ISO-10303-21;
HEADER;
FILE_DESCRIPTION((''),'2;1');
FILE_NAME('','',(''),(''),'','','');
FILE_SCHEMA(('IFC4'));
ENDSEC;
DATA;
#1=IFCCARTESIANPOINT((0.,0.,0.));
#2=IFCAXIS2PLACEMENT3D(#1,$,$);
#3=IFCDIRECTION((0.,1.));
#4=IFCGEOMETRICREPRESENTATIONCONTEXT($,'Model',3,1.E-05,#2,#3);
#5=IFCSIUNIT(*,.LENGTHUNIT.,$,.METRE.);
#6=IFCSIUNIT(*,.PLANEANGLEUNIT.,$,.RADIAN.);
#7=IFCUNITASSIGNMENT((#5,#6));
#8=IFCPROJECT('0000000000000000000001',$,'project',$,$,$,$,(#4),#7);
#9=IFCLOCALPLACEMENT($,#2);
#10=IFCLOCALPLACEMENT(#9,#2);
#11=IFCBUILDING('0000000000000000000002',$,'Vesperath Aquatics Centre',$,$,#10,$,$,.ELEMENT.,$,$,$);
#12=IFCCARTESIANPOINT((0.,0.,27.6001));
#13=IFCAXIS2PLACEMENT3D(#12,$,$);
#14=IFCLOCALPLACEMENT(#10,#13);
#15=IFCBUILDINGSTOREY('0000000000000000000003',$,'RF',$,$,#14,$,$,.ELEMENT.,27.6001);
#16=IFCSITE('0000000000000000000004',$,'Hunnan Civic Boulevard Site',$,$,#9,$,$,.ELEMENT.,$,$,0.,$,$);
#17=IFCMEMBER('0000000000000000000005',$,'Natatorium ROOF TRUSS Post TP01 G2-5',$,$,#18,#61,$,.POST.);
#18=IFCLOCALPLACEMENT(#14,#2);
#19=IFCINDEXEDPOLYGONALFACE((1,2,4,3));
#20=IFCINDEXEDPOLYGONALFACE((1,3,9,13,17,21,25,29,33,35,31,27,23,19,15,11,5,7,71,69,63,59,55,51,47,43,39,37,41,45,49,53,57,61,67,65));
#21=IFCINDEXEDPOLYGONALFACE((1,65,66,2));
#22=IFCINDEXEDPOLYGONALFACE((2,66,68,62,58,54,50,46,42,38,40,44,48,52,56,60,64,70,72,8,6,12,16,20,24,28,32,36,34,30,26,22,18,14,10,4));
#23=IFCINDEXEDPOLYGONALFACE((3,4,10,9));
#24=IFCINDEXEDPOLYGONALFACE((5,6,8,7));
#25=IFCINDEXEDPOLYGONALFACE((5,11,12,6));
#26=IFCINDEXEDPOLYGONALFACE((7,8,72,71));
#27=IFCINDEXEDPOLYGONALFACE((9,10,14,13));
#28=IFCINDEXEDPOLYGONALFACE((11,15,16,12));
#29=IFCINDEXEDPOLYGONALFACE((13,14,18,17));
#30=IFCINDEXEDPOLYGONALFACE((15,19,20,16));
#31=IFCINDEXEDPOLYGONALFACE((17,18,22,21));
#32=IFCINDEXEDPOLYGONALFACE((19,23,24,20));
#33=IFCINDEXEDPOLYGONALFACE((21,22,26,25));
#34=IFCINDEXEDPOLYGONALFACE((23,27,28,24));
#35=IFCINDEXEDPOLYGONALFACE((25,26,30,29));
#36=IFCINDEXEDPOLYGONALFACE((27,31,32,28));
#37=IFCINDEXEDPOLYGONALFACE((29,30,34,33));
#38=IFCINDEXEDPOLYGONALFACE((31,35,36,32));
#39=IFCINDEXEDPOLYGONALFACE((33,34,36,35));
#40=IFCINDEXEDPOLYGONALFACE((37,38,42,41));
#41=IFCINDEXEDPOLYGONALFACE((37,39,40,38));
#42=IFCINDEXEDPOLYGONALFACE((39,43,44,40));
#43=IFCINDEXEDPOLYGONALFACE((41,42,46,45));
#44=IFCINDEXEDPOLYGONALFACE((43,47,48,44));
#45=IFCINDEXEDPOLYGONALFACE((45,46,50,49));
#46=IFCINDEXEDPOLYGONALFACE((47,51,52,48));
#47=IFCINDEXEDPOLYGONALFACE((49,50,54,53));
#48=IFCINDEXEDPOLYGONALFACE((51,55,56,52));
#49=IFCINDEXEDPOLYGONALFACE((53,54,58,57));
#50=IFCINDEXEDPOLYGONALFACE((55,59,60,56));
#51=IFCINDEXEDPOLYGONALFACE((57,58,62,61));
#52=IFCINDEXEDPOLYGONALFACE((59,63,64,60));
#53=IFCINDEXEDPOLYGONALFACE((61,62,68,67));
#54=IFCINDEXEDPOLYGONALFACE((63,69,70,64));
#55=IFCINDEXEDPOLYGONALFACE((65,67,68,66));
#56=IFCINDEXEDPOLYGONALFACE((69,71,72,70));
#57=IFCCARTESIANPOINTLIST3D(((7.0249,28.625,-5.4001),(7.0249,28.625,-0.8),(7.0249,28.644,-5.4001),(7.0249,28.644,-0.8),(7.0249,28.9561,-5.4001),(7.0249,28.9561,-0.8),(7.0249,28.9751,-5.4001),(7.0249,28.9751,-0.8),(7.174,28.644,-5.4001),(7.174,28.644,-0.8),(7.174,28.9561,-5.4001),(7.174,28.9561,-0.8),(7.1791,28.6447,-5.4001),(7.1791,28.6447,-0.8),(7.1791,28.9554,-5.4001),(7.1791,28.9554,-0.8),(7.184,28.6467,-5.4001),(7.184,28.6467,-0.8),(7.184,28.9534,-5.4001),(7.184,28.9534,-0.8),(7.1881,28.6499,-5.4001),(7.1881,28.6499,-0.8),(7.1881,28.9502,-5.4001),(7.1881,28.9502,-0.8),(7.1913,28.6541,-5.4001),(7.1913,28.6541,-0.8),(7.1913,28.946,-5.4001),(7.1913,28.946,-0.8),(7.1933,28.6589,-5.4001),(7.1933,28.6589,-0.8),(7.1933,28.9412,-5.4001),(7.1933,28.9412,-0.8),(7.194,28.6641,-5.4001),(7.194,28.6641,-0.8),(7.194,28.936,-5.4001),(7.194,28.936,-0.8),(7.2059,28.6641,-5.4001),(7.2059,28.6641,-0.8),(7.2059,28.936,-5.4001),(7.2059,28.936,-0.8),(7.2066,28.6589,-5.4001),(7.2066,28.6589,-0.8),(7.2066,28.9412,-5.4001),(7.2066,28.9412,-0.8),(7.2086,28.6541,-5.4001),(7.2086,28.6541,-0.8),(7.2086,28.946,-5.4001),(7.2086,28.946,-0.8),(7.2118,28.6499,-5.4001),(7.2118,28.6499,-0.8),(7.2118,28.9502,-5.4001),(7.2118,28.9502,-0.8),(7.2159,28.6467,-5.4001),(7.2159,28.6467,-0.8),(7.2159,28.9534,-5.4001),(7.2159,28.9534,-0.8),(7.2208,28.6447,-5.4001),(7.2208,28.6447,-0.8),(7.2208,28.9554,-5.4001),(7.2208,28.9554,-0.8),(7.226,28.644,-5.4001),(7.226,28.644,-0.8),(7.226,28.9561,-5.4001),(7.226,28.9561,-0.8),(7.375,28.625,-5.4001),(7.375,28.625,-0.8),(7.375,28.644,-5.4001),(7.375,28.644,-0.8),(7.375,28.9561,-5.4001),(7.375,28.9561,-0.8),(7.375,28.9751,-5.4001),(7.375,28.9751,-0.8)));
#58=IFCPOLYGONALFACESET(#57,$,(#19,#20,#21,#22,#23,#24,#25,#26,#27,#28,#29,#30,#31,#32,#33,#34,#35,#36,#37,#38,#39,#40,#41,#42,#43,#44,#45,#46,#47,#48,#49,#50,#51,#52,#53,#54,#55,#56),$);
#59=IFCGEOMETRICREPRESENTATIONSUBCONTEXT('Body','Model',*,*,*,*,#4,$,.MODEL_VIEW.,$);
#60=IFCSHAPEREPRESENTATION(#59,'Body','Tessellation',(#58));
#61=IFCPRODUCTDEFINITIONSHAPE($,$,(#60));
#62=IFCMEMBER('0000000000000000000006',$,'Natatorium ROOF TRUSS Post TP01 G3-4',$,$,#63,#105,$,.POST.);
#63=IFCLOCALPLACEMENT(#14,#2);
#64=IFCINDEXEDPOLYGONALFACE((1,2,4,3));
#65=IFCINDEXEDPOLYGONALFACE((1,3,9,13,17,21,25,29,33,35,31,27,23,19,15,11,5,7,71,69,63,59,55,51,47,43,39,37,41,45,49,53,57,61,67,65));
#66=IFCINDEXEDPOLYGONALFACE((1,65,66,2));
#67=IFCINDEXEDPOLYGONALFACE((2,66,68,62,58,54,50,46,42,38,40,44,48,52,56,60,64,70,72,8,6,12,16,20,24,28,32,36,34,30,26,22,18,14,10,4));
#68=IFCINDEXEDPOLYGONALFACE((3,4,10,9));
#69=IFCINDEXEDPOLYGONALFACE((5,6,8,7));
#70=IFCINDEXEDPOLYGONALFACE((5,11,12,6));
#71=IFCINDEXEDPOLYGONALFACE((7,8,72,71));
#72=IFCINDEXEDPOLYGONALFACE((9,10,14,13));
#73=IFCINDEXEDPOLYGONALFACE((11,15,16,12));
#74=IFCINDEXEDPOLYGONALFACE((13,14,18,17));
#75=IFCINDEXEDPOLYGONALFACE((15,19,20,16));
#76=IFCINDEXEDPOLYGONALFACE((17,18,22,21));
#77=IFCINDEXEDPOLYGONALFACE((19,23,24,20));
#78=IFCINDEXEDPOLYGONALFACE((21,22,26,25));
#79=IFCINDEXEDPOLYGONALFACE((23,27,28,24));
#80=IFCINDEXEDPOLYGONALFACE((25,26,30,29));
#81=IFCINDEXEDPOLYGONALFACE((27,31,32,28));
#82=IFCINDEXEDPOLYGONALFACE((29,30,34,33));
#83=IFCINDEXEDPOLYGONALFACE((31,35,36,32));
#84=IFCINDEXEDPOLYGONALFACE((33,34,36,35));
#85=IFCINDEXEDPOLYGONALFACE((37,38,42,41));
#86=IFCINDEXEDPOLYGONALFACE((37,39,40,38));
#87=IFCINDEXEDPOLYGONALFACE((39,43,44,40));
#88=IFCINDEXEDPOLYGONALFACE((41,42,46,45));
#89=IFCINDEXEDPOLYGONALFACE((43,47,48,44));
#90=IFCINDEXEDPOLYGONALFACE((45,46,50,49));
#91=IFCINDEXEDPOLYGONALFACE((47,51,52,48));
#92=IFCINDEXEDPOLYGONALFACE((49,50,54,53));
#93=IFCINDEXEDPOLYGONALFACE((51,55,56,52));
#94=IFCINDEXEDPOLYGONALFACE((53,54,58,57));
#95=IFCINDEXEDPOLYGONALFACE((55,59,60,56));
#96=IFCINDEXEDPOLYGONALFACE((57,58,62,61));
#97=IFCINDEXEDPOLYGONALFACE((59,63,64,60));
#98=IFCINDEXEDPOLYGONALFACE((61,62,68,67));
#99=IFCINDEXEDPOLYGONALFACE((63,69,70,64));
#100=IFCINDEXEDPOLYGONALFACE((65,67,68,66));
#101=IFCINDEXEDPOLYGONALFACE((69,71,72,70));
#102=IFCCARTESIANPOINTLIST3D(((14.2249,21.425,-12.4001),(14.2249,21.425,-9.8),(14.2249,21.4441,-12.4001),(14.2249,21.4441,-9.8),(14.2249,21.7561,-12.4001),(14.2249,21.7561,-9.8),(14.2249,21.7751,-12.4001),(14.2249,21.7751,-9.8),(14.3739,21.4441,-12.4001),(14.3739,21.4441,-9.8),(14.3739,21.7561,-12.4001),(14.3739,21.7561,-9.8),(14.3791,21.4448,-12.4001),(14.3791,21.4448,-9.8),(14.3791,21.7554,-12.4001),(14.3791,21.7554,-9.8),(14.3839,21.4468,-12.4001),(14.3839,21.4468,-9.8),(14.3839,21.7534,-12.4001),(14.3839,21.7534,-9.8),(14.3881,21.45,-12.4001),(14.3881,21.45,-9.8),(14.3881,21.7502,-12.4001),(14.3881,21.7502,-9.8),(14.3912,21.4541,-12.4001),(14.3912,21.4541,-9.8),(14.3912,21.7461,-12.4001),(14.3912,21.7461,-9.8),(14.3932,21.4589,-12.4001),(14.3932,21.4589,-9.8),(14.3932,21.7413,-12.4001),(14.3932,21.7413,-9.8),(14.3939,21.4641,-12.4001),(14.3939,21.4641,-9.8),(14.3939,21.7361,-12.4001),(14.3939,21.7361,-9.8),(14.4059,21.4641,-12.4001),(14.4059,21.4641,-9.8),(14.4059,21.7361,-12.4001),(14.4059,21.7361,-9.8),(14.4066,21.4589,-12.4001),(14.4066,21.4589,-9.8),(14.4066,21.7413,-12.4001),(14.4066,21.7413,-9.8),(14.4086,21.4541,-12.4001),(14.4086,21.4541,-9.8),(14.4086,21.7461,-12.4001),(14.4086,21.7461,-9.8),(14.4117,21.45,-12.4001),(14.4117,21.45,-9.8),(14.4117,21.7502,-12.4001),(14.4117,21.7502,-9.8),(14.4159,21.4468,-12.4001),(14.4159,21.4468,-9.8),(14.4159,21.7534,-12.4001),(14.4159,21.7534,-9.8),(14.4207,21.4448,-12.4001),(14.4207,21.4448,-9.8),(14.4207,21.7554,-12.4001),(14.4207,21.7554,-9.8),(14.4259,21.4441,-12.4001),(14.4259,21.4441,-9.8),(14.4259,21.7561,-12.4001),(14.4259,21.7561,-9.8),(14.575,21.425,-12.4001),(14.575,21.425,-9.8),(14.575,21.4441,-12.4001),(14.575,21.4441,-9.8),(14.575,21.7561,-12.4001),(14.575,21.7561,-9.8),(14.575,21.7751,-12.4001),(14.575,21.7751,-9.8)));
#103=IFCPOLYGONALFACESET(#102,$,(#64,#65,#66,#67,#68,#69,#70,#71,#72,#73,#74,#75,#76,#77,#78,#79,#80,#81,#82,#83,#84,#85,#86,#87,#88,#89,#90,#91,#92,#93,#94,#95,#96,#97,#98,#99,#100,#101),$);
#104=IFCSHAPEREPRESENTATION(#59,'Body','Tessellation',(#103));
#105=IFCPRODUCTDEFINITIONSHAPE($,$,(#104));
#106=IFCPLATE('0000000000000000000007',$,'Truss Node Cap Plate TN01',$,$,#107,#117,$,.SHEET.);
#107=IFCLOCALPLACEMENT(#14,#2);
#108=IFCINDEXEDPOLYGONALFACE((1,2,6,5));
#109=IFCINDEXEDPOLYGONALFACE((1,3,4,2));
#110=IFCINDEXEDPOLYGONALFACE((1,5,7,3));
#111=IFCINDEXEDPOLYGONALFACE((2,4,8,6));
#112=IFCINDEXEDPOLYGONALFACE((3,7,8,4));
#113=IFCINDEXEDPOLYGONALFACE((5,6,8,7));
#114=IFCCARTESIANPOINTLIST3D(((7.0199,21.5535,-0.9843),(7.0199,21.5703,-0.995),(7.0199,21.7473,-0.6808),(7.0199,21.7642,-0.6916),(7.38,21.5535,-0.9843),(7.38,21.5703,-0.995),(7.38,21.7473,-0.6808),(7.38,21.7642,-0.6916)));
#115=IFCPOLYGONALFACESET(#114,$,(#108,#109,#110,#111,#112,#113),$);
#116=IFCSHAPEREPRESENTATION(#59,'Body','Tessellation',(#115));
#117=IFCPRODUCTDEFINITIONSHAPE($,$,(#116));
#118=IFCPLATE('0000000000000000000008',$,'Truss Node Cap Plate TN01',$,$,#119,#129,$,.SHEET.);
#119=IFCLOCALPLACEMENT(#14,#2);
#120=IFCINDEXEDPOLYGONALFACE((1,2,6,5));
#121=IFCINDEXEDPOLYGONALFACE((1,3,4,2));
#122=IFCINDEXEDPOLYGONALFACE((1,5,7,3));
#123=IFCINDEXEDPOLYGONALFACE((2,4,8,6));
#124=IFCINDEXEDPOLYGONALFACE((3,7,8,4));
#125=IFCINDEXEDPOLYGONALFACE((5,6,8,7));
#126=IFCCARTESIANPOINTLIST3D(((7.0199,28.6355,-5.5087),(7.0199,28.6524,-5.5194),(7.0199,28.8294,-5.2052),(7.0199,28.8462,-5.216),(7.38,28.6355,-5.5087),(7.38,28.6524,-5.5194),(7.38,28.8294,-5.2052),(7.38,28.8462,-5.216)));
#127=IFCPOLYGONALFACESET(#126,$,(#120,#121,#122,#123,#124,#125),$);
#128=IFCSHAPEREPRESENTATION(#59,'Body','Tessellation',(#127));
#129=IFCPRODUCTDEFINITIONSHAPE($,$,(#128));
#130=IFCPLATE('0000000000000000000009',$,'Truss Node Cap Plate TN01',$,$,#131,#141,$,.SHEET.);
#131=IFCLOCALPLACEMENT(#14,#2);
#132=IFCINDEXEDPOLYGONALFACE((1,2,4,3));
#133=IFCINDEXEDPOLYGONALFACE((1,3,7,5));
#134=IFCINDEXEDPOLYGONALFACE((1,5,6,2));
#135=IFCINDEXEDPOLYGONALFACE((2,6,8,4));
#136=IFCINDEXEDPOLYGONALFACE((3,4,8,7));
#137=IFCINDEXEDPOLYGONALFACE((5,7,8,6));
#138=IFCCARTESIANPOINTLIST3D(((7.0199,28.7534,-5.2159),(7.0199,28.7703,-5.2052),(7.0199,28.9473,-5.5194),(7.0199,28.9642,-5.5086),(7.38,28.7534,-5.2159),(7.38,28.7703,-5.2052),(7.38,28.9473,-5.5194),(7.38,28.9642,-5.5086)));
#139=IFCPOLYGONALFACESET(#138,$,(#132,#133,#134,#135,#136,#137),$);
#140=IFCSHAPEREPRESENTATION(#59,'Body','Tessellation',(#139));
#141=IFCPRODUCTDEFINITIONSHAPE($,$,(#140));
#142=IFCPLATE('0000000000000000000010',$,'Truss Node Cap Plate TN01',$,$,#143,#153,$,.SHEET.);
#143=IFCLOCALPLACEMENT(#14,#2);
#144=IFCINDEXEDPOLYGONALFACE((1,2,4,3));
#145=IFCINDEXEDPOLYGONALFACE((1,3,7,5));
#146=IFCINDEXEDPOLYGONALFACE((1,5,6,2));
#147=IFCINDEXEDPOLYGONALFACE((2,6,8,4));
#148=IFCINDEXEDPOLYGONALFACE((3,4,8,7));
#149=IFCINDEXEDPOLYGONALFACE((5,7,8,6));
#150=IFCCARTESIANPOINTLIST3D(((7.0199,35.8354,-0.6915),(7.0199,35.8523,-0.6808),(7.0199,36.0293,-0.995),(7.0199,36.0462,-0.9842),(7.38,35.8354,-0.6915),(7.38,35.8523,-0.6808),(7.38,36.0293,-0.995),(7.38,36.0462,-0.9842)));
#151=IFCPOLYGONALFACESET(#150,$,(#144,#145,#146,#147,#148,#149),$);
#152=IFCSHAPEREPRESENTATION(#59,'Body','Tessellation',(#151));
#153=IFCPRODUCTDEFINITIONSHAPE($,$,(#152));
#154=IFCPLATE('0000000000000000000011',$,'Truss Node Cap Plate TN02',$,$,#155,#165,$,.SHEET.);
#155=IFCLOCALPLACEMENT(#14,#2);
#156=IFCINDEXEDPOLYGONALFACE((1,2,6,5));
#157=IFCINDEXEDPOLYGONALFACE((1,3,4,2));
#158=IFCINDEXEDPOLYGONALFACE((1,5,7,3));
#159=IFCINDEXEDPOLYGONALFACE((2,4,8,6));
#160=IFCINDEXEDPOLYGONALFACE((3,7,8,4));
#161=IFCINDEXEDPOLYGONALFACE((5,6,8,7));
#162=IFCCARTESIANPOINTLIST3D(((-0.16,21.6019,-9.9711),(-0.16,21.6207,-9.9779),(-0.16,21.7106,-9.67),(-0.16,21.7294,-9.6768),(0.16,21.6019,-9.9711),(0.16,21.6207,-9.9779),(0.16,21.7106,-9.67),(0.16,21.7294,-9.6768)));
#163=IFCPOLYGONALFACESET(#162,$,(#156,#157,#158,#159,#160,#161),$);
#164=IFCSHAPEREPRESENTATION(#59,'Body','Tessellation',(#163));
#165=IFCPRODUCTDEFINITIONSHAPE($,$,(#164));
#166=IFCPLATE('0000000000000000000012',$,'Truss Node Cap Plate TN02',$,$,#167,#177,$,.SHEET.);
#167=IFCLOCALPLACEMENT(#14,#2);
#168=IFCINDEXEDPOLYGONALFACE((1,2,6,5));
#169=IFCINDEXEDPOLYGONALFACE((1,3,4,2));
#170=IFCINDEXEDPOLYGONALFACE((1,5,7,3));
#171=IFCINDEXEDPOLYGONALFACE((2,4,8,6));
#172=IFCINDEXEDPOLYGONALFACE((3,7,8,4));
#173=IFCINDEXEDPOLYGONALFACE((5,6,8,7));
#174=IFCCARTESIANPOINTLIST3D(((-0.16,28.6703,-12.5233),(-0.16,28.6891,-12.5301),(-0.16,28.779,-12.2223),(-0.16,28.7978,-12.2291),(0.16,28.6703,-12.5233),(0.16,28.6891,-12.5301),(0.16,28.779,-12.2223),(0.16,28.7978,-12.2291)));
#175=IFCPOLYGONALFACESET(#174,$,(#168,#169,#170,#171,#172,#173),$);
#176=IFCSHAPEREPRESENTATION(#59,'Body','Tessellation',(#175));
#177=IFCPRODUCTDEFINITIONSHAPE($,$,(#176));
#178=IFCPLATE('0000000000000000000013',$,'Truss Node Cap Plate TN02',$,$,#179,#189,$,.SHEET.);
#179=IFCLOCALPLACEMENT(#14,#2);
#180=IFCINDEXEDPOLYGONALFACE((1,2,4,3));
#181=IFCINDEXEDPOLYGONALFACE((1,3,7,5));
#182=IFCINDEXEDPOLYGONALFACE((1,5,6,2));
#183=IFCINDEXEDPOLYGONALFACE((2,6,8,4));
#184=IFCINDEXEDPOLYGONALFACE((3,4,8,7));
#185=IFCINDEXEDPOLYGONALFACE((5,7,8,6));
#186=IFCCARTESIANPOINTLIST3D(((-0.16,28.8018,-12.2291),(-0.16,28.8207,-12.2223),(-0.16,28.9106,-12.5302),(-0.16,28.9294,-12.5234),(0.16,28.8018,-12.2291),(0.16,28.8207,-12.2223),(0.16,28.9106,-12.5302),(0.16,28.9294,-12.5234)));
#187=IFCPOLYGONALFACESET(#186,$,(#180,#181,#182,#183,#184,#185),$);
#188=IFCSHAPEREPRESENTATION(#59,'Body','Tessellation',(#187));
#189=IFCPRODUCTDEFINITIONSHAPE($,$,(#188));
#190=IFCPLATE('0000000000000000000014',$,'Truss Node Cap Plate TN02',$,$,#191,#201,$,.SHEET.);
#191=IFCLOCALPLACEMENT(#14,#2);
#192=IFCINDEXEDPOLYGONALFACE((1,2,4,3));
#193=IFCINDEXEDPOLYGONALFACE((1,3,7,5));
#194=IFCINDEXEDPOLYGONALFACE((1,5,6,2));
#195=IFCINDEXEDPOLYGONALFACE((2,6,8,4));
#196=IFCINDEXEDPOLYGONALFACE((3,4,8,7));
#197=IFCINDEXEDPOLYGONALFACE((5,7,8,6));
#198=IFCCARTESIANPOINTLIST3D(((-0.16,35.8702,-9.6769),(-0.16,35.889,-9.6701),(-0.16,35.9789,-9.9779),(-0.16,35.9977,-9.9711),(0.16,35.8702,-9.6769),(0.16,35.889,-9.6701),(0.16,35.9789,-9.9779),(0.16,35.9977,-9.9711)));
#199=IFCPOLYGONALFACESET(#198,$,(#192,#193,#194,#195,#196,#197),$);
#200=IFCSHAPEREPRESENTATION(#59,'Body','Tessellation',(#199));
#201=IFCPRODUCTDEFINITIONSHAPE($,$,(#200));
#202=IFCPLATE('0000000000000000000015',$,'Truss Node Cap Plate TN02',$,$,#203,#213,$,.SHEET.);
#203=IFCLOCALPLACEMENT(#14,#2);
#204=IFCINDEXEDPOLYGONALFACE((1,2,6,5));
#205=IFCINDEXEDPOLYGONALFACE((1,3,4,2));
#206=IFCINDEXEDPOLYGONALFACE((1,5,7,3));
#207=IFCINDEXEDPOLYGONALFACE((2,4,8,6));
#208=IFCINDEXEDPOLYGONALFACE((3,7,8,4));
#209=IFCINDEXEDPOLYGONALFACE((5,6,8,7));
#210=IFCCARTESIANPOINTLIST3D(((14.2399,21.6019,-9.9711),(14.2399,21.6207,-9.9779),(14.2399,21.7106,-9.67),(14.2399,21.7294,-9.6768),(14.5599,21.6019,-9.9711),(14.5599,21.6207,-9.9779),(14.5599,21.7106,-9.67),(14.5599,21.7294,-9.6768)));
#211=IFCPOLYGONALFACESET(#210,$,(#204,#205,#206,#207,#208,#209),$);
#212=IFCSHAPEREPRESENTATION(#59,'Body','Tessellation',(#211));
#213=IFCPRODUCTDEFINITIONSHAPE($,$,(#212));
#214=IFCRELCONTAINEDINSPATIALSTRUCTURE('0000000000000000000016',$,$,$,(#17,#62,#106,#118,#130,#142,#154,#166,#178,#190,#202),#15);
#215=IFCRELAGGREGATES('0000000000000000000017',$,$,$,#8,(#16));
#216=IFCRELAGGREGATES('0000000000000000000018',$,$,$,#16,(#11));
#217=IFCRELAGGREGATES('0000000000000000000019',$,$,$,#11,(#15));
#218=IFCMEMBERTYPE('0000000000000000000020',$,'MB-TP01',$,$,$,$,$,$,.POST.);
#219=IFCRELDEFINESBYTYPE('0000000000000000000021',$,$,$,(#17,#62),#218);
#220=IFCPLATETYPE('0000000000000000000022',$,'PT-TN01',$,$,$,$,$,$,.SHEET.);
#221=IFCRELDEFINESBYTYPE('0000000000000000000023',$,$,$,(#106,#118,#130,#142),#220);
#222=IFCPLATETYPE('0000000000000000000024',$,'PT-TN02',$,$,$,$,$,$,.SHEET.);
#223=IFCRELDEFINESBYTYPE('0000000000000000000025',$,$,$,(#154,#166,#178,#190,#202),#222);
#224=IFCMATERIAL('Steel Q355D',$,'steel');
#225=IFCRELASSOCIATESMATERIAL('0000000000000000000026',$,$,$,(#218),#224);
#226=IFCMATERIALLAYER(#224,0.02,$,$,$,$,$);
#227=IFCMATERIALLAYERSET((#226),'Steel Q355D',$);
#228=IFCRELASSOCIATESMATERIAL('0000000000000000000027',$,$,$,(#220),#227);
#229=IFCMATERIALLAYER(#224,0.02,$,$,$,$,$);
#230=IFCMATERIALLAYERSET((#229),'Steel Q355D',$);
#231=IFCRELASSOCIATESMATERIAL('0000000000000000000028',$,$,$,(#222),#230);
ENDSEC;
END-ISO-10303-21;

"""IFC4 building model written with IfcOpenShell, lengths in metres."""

from ifc_helpers import new_model, si_unit, direction, frame, origin, origin_2d, place, context, subcontext, project, spatial, rectangle, i_section, extrude, material, layer, layer_set, material_profile, profile_set, type_object, element, save


model = new_model("IFC4")

# Units and contexts
model_context = context("Model", 3, precision=1e-05, world=origin(), true_north=direction((0.0, 1.0)))
body_context = subcontext(model_context, "Body", "Model", "MODEL_VIEW")
ifc_project = project(units=[si_unit("LENGTHUNIT", "METRE"), si_unit("PLANEANGLEUNIT", "RADIAN")], contexts=[model_context])

# Site, building, storey
site_placement = place(None, origin())
site = spatial("IfcSite", under=ifc_project, at=site_placement, Name="Hunnan Civic Boulevard Site", CompositionType="ELEMENT", RefElevation=0.0)
building_placement = place(site_placement, origin())
building = spatial("IfcBuilding", under=site, at=building_placement, Name="Vesperath Aquatics Centre", CompositionType="ELEMENT")
storey_placement = place(building_placement, frame((0.0, 0.0, 27.6001)))
storey = spatial("IfcBuildingStorey", under=building, at=storey_placement, Name="RF", CompositionType="ELEMENT", Elevation=27.6001)

# Members
ifc_material_1 = material(Name="Steel Q355D", Category="steel")
ifc_material_profile_1 = material_profile(ifc_material_1, i_section(OverallWidth=0.3501, OverallDepth=0.3501, WebThickness=0.012, FlangeThickness=0.019, FilletRadius=0.02, at=origin_2d()), Name="HW 350x350x12x19")
ifc_profile_set_1 = profile_set([ifc_material_profile_1], Name="Steel Q355D")
member_type_1 = type_object("IfcMemberType", Name="MB-TP01", PredefinedType="POST", material=ifc_profile_set_1)
for number, where, z_axis, x_axis, name in (
    (1, (7.2, 28.8, -5.4001), (0.0, 0.0, 1.0), (1.0, 0.0, 0.0), "Natatorium ROOF TRUSS Post TP01 G2-5"),
):
    element("IfcMember", number, at=place(storey_placement, frame(where, z_axis=z_axis, x_axis=x_axis)), inside=storey, type_object=member_type_1, Name=name, PredefinedType="POST", context=body_context, shape_type="SweptSolid", body=[
        extrude(i_section(OverallWidth=0.3501, OverallDepth=0.3501, WebThickness=0.012, FlangeThickness=0.019, FilletRadius=0.02, at=origin_2d()), origin(), (0.0, 0.0, 1.0), 4.6001),
    ])
member_placement = place(storey_placement, frame((14.3999, 21.6001, -12.4001), z_axis=(0.0, 0.0, 1.0), x_axis=(1.0, 0.0, 0.0)))
element("IfcMember", 2, at=member_placement, inside=storey, type_object=member_type_1, Name="Natatorium ROOF TRUSS Post TP01 G3-4", PredefinedType="POST", context=body_context, shape_type="SweptSolid", body=[
    extrude(i_section(OverallWidth=0.3501, OverallDepth=0.3501, WebThickness=0.012, FlangeThickness=0.019, FilletRadius=0.02, at=origin_2d()), origin(), (0.0, 0.0, 1.0), 2.6001),
])

# Plates
ifc_layer_1 = layer(ifc_material_1, 0.02)
ifc_layer_set_1 = layer_set([ifc_layer_1], Name="Steel Q355D")
plate_type_1 = type_object("IfcPlateType", Name="PT-TN01", PredefinedType="SHEET", material=ifc_layer_set_1)
for number, where, z_axis, x_axis, name in (
    (3, (7.2, 21.6504, -0.8325), (0.0, 0.842696, -0.538389), (-1.0, 0.0, 0.0), "Truss Node Cap Plate TN01"),
    (4, (7.2, 28.7324, -5.3569), (0.0, 0.842696, -0.538389), (-1.0, 0.0, 0.0), "Truss Node Cap Plate TN01"),
    (5, (7.2, 28.8503, -5.3677), (0.0, 0.842696, 0.538389), (-1.0, 0.0, 0.0), "Truss Node Cap Plate TN01"),
    (6, (7.2, 35.9324, -0.8433), (0.0, 0.842696, 0.538389), (-1.0, 0.0, 0.0), "Truss Node Cap Plate TN01"),
):
    element("IfcPlate", number, at=place(storey_placement, frame(where, z_axis=z_axis, x_axis=x_axis)), inside=storey, type_object=plate_type_1, Name=name, PredefinedType="SHEET", context=body_context, shape_type="SweptSolid", body=[
        extrude(rectangle(XDim=0.3601, YDim=0.3601, at=origin_2d()), origin(), (0.0, 0.0, 1.0), 0.02),
    ])
ifc_layer_2 = layer(ifc_material_1, 0.02)
ifc_layer_set_2 = layer_set([ifc_layer_2], Name="Steel Q355D")
plate_type_2 = type_object("IfcPlateType", Name="PT-TN02", PredefinedType="SHEET", material=ifc_layer_set_2)
for number, where, z_axis, x_axis, name in (
    (7, (0.0, 21.6562, -9.8206), (0.0, 0.940554, -0.339644), (-1.0, 0.0, 0.0), "Truss Node Cap Plate TN02"),
    (8, (0.0, 28.7246, -12.3728), (0.0, 0.940554, -0.339644), (-1.0, 0.0, 0.0), "Truss Node Cap Plate TN02"),
    (9, (0.0, 28.8562, -12.3796), (0.0, 0.940554, 0.339644), (-1.0, 0.0, 0.0), "Truss Node Cap Plate TN02"),
    (10, (0.0, 35.9246, -9.8274), (0.0, 0.940554, 0.339644), (-1.0, 0.0, 0.0), "Truss Node Cap Plate TN02"),
    (11, (14.3999, 21.6562, -9.8206), (0.0, 0.940554, -0.339644), (-1.0, 0.0, 0.0), "Truss Node Cap Plate TN02"),
):
    element("IfcPlate", number, at=place(storey_placement, frame(where, z_axis=z_axis, x_axis=x_axis)), inside=storey, type_object=plate_type_2, Name=name, PredefinedType="SHEET", context=body_context, shape_type="SweptSolid", body=[
        extrude(rectangle(XDim=0.3201, YDim=0.3201, at=origin_2d()), origin(), (0.0, 0.0, 1.0), 0.02),
    ])

save(model, "model.ifc")
